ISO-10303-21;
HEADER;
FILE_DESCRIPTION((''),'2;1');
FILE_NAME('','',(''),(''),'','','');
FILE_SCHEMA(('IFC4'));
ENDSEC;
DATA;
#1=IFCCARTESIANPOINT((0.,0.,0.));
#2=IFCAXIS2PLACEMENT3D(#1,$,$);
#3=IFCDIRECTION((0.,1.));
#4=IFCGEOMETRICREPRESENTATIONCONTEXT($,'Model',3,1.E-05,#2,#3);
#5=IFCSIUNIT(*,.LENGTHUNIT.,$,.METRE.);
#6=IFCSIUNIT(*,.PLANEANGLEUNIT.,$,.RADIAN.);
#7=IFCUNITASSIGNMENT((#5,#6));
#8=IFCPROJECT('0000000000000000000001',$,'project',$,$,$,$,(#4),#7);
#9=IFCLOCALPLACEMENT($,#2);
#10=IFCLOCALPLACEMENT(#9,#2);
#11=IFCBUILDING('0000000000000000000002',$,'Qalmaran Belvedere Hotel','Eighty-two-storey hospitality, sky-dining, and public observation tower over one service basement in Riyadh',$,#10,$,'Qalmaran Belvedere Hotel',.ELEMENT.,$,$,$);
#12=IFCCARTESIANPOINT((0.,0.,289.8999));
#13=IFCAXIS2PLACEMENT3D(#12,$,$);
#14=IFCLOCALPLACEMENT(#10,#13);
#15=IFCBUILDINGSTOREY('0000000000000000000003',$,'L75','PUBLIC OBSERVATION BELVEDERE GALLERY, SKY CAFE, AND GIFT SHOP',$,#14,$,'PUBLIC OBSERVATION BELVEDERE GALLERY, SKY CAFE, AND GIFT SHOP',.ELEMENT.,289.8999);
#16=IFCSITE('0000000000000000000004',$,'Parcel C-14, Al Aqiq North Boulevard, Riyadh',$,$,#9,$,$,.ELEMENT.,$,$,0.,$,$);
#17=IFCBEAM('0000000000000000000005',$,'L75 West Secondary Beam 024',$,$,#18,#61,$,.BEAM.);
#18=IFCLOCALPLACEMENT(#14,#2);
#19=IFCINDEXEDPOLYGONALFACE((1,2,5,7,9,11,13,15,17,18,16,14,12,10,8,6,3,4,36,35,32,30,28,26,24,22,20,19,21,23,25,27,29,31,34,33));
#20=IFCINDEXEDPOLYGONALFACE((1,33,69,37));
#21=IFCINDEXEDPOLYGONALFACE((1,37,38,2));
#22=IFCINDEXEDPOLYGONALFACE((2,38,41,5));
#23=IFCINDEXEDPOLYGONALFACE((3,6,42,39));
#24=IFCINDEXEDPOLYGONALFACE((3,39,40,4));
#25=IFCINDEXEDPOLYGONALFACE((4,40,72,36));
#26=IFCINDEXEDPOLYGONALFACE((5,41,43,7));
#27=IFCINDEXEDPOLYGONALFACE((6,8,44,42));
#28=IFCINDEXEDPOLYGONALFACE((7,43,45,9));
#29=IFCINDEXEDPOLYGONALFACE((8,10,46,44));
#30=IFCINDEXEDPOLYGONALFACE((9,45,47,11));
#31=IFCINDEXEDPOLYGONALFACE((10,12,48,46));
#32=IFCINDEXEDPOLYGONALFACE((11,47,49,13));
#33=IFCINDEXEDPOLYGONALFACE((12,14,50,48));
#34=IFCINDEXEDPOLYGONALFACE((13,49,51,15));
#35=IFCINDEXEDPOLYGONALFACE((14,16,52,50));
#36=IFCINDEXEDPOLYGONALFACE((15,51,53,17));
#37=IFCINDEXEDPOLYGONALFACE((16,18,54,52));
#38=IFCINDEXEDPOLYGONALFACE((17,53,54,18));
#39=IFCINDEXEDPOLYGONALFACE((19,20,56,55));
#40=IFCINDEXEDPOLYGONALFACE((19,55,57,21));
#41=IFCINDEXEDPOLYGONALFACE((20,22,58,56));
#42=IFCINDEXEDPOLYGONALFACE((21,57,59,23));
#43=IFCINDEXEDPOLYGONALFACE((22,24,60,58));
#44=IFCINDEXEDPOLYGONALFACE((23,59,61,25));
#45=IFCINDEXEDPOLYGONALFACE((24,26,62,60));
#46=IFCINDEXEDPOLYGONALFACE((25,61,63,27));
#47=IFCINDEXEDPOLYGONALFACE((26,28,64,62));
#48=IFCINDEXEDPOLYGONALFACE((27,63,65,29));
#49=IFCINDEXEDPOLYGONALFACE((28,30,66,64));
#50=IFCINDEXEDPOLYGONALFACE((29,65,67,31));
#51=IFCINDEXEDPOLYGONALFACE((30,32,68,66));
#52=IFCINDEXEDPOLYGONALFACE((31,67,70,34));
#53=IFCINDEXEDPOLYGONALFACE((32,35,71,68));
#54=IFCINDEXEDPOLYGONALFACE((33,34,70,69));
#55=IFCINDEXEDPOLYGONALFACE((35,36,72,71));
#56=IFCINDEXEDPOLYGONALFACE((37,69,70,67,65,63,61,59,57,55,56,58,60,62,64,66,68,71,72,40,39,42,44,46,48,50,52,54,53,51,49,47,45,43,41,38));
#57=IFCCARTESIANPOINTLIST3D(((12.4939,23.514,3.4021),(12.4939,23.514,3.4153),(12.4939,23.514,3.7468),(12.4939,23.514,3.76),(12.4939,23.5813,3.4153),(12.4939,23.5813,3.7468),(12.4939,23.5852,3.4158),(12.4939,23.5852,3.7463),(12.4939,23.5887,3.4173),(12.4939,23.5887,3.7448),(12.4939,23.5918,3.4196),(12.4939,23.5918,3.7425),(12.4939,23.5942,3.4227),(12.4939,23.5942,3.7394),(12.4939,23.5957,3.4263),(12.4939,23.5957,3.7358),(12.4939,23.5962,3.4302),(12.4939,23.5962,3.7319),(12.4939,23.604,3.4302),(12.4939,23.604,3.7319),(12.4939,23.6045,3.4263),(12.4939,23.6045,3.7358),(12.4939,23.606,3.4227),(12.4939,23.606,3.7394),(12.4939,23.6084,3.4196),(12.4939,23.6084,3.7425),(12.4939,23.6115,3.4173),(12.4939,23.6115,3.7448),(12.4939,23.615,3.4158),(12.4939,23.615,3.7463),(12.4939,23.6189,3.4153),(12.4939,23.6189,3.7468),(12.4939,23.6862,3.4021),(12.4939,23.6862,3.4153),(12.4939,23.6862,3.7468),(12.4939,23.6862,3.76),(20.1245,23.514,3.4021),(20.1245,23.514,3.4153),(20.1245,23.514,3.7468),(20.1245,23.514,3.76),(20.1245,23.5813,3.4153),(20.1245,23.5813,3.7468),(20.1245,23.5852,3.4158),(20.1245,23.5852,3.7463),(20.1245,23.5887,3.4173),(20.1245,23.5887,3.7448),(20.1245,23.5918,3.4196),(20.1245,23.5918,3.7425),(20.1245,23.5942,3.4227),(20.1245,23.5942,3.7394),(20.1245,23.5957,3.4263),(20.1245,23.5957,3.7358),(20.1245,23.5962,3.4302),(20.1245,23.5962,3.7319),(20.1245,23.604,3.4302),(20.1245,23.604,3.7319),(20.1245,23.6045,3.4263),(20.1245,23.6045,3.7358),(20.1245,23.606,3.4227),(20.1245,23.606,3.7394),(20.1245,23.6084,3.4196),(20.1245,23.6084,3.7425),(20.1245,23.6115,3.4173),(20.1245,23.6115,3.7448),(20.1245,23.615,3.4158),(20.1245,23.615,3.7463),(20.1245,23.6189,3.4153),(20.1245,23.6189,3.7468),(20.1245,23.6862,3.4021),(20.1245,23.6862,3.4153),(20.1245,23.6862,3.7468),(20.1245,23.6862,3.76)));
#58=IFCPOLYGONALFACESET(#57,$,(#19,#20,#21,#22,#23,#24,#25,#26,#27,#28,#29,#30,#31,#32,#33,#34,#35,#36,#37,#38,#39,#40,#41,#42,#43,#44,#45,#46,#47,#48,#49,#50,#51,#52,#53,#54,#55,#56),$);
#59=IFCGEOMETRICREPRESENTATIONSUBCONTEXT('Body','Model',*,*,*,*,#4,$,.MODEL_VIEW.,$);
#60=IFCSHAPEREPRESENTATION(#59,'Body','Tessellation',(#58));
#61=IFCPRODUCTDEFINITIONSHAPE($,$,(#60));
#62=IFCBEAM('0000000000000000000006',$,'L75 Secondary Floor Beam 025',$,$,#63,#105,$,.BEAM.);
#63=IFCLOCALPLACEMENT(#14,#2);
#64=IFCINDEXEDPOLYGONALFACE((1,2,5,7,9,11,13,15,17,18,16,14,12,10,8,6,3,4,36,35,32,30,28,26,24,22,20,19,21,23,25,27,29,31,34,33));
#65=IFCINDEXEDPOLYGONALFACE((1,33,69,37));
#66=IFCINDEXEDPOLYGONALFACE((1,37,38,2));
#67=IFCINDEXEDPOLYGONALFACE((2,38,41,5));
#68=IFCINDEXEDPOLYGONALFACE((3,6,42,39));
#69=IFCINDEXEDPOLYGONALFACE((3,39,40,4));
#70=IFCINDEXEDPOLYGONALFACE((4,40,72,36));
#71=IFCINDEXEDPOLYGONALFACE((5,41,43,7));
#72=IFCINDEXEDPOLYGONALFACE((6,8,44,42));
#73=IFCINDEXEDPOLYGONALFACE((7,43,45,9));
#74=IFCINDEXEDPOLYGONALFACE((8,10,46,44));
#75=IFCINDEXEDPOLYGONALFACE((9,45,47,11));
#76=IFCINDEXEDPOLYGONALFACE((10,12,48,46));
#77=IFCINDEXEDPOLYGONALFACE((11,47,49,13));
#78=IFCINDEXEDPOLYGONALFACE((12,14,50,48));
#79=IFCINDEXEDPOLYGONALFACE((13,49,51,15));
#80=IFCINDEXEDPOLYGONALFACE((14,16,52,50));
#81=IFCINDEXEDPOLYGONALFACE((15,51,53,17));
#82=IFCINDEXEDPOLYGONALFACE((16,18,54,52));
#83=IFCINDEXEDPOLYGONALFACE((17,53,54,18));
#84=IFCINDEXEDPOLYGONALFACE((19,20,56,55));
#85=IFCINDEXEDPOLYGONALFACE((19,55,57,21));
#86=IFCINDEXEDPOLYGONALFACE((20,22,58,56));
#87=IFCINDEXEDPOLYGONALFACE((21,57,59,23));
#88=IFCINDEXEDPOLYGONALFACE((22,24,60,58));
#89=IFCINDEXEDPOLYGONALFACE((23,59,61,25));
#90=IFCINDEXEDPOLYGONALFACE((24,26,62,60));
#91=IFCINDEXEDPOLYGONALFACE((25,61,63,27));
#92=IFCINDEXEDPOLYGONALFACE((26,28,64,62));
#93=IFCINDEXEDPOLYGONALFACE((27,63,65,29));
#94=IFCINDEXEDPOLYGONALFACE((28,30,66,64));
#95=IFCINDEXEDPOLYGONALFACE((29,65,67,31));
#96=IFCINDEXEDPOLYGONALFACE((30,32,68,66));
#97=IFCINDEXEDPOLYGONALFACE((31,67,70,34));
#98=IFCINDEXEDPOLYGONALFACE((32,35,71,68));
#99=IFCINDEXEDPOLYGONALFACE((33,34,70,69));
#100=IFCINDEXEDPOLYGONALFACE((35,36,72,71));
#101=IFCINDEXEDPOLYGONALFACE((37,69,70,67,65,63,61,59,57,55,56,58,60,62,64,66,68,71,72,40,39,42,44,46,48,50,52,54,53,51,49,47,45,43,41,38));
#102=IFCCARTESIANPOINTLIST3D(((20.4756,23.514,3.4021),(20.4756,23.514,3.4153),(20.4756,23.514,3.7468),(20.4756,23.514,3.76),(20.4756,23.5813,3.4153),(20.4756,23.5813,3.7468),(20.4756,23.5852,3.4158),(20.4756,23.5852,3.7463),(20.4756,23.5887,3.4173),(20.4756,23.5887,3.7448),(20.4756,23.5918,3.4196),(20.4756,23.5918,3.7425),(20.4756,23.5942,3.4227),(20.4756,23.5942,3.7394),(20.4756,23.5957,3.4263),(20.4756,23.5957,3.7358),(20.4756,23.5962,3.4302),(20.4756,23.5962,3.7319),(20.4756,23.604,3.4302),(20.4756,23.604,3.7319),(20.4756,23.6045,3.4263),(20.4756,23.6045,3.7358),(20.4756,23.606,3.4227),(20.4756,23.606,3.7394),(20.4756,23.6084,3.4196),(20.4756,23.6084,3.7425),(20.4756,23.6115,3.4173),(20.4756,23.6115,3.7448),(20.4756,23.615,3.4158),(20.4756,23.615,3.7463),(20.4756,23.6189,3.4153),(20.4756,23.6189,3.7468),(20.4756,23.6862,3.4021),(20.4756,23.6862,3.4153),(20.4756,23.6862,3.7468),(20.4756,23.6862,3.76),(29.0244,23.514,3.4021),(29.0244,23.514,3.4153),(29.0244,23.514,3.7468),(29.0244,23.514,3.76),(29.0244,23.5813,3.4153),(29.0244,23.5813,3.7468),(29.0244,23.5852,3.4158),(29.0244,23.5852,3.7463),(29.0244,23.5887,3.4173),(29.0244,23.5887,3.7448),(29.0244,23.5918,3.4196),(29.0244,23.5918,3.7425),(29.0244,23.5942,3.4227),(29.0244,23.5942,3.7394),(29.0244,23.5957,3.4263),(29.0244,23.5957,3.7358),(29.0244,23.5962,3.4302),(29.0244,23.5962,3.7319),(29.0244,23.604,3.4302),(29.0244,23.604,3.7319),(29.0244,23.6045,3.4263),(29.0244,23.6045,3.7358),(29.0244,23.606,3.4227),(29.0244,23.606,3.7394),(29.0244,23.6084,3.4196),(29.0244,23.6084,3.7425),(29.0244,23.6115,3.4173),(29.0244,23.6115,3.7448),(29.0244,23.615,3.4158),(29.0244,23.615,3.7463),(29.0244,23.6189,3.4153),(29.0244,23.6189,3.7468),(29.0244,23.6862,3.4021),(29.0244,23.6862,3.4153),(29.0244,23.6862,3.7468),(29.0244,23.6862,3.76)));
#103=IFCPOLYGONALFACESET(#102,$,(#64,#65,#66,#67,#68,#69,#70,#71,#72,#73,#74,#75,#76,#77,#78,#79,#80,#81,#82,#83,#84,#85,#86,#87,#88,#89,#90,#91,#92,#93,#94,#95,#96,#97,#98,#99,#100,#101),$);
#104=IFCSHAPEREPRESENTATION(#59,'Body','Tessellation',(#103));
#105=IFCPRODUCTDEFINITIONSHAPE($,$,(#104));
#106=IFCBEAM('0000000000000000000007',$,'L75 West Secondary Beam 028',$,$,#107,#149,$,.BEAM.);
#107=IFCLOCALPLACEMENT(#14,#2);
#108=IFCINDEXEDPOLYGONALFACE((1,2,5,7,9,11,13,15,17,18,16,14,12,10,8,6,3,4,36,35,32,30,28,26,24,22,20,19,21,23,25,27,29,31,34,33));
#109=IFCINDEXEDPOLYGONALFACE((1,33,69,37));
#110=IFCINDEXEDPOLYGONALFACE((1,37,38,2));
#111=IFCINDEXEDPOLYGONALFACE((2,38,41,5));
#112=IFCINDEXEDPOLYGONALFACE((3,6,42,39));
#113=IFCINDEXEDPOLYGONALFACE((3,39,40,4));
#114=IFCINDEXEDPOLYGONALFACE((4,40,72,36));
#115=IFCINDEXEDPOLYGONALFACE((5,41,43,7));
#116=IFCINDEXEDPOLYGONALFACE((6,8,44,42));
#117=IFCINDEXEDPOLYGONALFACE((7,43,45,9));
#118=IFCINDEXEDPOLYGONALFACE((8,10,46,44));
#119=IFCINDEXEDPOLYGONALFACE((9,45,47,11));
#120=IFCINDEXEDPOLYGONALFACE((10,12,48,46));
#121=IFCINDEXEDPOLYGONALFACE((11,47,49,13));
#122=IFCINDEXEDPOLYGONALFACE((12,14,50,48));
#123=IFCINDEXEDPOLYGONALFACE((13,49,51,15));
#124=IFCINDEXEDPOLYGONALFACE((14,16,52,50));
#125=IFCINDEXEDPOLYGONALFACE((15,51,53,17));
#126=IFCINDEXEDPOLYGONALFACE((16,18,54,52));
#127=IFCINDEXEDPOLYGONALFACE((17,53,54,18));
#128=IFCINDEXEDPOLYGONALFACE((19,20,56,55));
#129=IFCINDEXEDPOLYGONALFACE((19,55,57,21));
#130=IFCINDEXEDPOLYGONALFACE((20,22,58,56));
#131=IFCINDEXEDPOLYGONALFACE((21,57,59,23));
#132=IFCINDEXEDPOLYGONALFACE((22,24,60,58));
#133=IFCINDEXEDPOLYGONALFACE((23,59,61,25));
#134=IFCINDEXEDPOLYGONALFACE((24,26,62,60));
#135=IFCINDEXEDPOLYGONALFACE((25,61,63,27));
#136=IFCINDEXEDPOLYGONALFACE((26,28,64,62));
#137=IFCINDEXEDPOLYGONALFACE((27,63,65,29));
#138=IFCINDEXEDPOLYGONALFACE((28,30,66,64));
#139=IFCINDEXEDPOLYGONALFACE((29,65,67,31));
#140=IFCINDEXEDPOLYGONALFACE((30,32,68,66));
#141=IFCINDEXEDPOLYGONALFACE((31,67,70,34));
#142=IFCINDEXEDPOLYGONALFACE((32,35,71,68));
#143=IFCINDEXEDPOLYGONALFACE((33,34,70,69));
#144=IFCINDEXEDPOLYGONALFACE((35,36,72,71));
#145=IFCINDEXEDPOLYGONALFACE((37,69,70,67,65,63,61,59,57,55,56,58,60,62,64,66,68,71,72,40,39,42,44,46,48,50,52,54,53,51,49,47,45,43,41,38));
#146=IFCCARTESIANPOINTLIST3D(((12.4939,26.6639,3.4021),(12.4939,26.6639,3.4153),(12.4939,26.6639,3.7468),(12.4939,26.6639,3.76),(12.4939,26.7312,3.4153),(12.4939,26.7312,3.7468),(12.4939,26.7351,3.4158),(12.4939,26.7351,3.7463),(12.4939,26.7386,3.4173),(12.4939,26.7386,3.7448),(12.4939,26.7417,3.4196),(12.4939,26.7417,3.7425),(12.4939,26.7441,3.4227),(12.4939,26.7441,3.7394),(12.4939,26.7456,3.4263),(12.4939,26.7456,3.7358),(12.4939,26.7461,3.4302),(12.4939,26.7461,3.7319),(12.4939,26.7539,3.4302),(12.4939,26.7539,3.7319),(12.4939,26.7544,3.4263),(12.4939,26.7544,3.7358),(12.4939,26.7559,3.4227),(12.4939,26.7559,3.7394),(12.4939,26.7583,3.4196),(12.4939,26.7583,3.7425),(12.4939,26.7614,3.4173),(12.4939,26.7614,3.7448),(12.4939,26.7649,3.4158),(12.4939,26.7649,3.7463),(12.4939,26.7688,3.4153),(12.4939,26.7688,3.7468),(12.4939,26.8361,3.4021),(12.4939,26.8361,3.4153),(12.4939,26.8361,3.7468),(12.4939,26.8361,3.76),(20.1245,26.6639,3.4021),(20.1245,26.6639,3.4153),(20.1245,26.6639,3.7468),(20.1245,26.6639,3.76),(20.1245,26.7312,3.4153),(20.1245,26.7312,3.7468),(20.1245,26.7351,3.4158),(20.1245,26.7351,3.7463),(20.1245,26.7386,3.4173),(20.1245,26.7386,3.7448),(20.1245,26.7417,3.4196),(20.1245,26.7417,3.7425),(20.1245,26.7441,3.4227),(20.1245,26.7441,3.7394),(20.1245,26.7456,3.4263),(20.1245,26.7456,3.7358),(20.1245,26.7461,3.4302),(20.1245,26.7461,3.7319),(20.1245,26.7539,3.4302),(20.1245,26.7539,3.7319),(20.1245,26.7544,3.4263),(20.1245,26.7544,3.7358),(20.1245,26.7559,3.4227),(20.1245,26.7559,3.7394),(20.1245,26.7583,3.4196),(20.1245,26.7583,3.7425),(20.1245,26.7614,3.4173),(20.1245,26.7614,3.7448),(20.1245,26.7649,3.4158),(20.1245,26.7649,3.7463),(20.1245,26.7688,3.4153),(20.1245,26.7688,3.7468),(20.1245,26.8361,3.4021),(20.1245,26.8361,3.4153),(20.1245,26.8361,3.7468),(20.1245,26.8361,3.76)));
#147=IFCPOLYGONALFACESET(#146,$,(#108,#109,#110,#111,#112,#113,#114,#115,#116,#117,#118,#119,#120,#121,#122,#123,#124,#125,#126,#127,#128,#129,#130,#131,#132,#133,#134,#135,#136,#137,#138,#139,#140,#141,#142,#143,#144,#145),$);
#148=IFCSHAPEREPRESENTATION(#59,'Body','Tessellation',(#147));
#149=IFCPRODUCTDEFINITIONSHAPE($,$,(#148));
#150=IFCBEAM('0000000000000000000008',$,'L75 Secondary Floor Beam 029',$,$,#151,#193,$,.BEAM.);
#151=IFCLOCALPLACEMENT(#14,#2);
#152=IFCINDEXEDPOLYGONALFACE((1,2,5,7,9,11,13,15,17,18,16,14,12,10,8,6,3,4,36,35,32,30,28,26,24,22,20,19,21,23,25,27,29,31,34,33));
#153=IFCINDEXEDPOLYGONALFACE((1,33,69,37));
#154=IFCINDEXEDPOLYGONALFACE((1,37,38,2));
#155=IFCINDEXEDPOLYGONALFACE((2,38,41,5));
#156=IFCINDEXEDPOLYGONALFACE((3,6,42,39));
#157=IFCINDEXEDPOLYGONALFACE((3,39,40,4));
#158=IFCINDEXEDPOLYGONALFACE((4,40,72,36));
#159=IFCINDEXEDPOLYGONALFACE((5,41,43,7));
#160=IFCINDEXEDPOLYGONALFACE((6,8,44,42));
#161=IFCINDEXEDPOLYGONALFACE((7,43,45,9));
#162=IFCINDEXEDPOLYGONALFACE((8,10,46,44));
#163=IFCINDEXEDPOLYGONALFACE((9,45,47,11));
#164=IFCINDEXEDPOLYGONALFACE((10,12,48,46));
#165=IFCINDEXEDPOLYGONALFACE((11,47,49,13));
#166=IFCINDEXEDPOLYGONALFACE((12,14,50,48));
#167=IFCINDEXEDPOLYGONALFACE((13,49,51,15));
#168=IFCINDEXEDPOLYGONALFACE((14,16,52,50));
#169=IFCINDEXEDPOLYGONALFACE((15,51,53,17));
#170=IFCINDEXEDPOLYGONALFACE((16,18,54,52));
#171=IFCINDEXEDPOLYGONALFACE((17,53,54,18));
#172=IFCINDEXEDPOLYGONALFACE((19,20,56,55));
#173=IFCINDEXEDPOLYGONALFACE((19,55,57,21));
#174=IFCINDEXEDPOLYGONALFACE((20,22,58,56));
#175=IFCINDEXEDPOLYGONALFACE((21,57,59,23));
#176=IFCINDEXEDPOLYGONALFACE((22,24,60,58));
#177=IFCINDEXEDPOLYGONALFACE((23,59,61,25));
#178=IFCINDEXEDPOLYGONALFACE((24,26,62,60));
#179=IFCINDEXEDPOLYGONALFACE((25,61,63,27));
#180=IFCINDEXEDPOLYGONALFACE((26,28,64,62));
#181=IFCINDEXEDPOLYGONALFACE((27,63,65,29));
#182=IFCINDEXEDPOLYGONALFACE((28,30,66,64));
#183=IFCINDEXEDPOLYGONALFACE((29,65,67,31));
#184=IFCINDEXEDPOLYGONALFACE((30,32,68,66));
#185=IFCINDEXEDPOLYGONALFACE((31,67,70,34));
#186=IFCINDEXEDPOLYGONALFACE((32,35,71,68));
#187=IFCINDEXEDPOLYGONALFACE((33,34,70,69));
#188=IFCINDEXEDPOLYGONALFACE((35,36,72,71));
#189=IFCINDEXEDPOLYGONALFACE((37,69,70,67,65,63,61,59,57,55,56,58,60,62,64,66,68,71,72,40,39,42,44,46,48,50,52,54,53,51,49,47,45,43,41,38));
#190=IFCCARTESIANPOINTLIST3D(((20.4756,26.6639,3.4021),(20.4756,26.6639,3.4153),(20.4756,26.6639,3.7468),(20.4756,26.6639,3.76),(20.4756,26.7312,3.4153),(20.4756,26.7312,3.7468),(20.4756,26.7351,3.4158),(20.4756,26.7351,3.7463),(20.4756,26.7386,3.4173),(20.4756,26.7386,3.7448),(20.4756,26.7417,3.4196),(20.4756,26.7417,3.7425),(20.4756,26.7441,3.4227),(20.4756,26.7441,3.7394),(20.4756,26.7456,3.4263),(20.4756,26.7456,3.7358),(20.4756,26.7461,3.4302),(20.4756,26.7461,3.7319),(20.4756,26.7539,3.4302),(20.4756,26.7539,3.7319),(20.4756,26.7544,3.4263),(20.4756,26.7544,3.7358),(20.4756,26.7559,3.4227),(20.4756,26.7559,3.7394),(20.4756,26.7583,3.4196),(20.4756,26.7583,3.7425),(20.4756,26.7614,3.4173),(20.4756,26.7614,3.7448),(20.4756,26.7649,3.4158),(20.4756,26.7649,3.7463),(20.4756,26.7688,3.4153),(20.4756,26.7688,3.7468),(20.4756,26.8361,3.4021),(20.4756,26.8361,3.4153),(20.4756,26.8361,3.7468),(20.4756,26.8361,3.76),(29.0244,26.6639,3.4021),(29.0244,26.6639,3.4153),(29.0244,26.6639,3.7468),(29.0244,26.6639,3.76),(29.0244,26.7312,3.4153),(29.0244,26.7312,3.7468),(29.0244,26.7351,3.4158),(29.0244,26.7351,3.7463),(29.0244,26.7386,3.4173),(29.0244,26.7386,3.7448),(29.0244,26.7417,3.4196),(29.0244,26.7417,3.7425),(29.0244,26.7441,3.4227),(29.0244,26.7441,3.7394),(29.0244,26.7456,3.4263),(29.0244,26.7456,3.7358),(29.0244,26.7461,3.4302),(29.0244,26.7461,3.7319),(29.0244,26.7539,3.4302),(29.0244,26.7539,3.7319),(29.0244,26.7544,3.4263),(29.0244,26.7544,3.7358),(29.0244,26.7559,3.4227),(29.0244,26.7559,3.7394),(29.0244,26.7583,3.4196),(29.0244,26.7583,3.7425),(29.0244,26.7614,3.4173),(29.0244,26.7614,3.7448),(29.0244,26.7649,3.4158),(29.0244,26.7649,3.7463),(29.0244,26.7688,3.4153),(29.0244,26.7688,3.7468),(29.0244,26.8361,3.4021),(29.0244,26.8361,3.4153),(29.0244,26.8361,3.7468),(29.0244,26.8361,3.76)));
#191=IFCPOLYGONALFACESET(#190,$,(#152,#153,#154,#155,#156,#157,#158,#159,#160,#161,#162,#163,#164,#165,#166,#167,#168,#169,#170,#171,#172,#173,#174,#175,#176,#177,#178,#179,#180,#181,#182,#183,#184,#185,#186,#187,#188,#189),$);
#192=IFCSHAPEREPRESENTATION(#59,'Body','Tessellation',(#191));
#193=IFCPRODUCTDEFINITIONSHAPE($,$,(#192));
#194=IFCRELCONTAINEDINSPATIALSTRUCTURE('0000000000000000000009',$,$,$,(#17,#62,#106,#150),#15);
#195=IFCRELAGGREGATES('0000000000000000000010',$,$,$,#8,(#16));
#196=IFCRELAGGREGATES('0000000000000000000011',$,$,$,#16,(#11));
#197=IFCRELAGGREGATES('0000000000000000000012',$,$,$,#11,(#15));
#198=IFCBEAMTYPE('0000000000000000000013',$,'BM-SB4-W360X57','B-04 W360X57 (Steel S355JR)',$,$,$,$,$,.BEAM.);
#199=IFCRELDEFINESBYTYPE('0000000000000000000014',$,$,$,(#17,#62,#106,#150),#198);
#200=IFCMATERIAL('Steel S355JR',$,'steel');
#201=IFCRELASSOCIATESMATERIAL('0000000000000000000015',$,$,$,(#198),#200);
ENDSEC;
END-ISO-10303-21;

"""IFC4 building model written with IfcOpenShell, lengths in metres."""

from ifc_helpers import new_model, si_unit, direction, frame, origin, origin_2d, place, context, subcontext, project, spatial, i_section, extrude, material, material_profile, profile_set, type_object, element, save


model = new_model("IFC4")

# Units and contexts
model_context = context("Model", 3, precision=1e-05, world=origin(), true_north=direction((0.0, 1.0)))
body_context = subcontext(model_context, "Body", "Model", "MODEL_VIEW")
ifc_project = project(units=[si_unit("LENGTHUNIT", "METRE"), si_unit("PLANEANGLEUNIT", "RADIAN")], contexts=[model_context])

# Site, building, storey
site_placement = place(None, origin())
site = spatial("IfcSite", under=ifc_project, at=site_placement, Name="Parcel C-14, Al Aqiq North Boulevard, Riyadh", CompositionType="ELEMENT", RefElevation=0.0)
building_placement = place(site_placement, origin())
building = spatial("IfcBuilding", under=site, at=building_placement, Name="Qalmaran Belvedere Hotel", Description="Eighty-two-storey hospitality, sky-dining, and public observation tower over one service basement in Riyadh", LongName="Qalmaran Belvedere Hotel", CompositionType="ELEMENT")
storey_placement = place(building_placement, frame((0.0, 0.0, 289.8999)))
storey = spatial("IfcBuildingStorey", under=building, at=storey_placement, Name="L75", Description="PUBLIC OBSERVATION BELVEDERE GALLERY, SKY CAFE, AND GIFT SHOP", LongName="PUBLIC OBSERVATION BELVEDERE GALLERY, SKY CAFE, AND GIFT SHOP", CompositionType="ELEMENT", Elevation=289.8999)

# Beams
ifc_material_1 = material(Name="Steel S355JR", Category="steel")
ifc_material_profile_1 = material_profile(ifc_material_1, i_section(OverallWidth=0.1721, OverallDepth=0.3579, WebThickness=0.0078, FlangeThickness=0.0132, FilletRadius=0.0149, at=origin_2d()), Name="W360X57")
ifc_profile_set_1 = profile_set([ifc_material_profile_1], Name="Steel S355JR")
beam_type = type_object("IfcBeamType", Name="BM-SB4-W360X57", Description="B-04 W360X57 (Steel S355JR)", PredefinedType="BEAM", material=ifc_profile_set_1)
beam_1_placement = place(storey_placement, frame((12.4939, 23.6001, 3.5811), z_axis=(1.0, 0.0, 0.0), x_axis=(0.0, 1.0, 0.0)))
element("IfcBeam", 1, at=beam_1_placement, inside=storey, type_object=beam_type, Name="L75 West Secondary Beam 024", PredefinedType="BEAM", context=body_context, shape_type="SweptSolid", body=[
    extrude(i_section(OverallWidth=0.1721, OverallDepth=0.3579, WebThickness=0.0078, FlangeThickness=0.0132, FilletRadius=0.0149, at=origin_2d()), origin(), (0.0, 0.0, 1.0), 7.6306),
])
beam_2_placement = place(storey_placement, frame((20.4756, 23.6001, 3.5811), z_axis=(1.0, 0.0, 0.0), x_axis=(0.0, 1.0, 0.0)))
element("IfcBeam", 2, at=beam_2_placement, inside=storey, type_object=beam_type, Name="L75 Secondary Floor Beam 025", PredefinedType="BEAM", context=body_context, shape_type="SweptSolid", body=[
    extrude(i_section(OverallWidth=0.1721, OverallDepth=0.3579, WebThickness=0.0078, FlangeThickness=0.0132, FilletRadius=0.0149, at=origin_2d()), origin(), (0.0, 0.0, 1.0), 8.5488),
])
beam_3_placement = place(storey_placement, frame((12.4939, 26.75, 3.5811), z_axis=(1.0, 0.0, 0.0), x_axis=(0.0, 1.0, 0.0)))
element("IfcBeam", 3, at=beam_3_placement, inside=storey, type_object=beam_type, Name="L75 West Secondary Beam 028", PredefinedType="BEAM", context=body_context, shape_type="SweptSolid", body=[
    extrude(i_section(OverallWidth=0.1721, OverallDepth=0.3579, WebThickness=0.0078, FlangeThickness=0.0132, FilletRadius=0.0149, at=origin_2d()), origin(), (0.0, 0.0, 1.0), 7.6306),
])
beam_4_placement = place(storey_placement, frame((20.4756, 26.75, 3.5811), z_axis=(1.0, 0.0, 0.0), x_axis=(0.0, 1.0, 0.0)))
element("IfcBeam", 4, at=beam_4_placement, inside=storey, type_object=beam_type, Name="L75 Secondary Floor Beam 029", PredefinedType="BEAM", context=body_context, shape_type="SweptSolid", body=[
    extrude(i_section(OverallWidth=0.1721, OverallDepth=0.3579, WebThickness=0.0078, FlangeThickness=0.0132, FilletRadius=0.0149, at=origin_2d()), origin(), (0.0, 0.0, 1.0), 8.5488),
])

save(model, "model.ifc")
